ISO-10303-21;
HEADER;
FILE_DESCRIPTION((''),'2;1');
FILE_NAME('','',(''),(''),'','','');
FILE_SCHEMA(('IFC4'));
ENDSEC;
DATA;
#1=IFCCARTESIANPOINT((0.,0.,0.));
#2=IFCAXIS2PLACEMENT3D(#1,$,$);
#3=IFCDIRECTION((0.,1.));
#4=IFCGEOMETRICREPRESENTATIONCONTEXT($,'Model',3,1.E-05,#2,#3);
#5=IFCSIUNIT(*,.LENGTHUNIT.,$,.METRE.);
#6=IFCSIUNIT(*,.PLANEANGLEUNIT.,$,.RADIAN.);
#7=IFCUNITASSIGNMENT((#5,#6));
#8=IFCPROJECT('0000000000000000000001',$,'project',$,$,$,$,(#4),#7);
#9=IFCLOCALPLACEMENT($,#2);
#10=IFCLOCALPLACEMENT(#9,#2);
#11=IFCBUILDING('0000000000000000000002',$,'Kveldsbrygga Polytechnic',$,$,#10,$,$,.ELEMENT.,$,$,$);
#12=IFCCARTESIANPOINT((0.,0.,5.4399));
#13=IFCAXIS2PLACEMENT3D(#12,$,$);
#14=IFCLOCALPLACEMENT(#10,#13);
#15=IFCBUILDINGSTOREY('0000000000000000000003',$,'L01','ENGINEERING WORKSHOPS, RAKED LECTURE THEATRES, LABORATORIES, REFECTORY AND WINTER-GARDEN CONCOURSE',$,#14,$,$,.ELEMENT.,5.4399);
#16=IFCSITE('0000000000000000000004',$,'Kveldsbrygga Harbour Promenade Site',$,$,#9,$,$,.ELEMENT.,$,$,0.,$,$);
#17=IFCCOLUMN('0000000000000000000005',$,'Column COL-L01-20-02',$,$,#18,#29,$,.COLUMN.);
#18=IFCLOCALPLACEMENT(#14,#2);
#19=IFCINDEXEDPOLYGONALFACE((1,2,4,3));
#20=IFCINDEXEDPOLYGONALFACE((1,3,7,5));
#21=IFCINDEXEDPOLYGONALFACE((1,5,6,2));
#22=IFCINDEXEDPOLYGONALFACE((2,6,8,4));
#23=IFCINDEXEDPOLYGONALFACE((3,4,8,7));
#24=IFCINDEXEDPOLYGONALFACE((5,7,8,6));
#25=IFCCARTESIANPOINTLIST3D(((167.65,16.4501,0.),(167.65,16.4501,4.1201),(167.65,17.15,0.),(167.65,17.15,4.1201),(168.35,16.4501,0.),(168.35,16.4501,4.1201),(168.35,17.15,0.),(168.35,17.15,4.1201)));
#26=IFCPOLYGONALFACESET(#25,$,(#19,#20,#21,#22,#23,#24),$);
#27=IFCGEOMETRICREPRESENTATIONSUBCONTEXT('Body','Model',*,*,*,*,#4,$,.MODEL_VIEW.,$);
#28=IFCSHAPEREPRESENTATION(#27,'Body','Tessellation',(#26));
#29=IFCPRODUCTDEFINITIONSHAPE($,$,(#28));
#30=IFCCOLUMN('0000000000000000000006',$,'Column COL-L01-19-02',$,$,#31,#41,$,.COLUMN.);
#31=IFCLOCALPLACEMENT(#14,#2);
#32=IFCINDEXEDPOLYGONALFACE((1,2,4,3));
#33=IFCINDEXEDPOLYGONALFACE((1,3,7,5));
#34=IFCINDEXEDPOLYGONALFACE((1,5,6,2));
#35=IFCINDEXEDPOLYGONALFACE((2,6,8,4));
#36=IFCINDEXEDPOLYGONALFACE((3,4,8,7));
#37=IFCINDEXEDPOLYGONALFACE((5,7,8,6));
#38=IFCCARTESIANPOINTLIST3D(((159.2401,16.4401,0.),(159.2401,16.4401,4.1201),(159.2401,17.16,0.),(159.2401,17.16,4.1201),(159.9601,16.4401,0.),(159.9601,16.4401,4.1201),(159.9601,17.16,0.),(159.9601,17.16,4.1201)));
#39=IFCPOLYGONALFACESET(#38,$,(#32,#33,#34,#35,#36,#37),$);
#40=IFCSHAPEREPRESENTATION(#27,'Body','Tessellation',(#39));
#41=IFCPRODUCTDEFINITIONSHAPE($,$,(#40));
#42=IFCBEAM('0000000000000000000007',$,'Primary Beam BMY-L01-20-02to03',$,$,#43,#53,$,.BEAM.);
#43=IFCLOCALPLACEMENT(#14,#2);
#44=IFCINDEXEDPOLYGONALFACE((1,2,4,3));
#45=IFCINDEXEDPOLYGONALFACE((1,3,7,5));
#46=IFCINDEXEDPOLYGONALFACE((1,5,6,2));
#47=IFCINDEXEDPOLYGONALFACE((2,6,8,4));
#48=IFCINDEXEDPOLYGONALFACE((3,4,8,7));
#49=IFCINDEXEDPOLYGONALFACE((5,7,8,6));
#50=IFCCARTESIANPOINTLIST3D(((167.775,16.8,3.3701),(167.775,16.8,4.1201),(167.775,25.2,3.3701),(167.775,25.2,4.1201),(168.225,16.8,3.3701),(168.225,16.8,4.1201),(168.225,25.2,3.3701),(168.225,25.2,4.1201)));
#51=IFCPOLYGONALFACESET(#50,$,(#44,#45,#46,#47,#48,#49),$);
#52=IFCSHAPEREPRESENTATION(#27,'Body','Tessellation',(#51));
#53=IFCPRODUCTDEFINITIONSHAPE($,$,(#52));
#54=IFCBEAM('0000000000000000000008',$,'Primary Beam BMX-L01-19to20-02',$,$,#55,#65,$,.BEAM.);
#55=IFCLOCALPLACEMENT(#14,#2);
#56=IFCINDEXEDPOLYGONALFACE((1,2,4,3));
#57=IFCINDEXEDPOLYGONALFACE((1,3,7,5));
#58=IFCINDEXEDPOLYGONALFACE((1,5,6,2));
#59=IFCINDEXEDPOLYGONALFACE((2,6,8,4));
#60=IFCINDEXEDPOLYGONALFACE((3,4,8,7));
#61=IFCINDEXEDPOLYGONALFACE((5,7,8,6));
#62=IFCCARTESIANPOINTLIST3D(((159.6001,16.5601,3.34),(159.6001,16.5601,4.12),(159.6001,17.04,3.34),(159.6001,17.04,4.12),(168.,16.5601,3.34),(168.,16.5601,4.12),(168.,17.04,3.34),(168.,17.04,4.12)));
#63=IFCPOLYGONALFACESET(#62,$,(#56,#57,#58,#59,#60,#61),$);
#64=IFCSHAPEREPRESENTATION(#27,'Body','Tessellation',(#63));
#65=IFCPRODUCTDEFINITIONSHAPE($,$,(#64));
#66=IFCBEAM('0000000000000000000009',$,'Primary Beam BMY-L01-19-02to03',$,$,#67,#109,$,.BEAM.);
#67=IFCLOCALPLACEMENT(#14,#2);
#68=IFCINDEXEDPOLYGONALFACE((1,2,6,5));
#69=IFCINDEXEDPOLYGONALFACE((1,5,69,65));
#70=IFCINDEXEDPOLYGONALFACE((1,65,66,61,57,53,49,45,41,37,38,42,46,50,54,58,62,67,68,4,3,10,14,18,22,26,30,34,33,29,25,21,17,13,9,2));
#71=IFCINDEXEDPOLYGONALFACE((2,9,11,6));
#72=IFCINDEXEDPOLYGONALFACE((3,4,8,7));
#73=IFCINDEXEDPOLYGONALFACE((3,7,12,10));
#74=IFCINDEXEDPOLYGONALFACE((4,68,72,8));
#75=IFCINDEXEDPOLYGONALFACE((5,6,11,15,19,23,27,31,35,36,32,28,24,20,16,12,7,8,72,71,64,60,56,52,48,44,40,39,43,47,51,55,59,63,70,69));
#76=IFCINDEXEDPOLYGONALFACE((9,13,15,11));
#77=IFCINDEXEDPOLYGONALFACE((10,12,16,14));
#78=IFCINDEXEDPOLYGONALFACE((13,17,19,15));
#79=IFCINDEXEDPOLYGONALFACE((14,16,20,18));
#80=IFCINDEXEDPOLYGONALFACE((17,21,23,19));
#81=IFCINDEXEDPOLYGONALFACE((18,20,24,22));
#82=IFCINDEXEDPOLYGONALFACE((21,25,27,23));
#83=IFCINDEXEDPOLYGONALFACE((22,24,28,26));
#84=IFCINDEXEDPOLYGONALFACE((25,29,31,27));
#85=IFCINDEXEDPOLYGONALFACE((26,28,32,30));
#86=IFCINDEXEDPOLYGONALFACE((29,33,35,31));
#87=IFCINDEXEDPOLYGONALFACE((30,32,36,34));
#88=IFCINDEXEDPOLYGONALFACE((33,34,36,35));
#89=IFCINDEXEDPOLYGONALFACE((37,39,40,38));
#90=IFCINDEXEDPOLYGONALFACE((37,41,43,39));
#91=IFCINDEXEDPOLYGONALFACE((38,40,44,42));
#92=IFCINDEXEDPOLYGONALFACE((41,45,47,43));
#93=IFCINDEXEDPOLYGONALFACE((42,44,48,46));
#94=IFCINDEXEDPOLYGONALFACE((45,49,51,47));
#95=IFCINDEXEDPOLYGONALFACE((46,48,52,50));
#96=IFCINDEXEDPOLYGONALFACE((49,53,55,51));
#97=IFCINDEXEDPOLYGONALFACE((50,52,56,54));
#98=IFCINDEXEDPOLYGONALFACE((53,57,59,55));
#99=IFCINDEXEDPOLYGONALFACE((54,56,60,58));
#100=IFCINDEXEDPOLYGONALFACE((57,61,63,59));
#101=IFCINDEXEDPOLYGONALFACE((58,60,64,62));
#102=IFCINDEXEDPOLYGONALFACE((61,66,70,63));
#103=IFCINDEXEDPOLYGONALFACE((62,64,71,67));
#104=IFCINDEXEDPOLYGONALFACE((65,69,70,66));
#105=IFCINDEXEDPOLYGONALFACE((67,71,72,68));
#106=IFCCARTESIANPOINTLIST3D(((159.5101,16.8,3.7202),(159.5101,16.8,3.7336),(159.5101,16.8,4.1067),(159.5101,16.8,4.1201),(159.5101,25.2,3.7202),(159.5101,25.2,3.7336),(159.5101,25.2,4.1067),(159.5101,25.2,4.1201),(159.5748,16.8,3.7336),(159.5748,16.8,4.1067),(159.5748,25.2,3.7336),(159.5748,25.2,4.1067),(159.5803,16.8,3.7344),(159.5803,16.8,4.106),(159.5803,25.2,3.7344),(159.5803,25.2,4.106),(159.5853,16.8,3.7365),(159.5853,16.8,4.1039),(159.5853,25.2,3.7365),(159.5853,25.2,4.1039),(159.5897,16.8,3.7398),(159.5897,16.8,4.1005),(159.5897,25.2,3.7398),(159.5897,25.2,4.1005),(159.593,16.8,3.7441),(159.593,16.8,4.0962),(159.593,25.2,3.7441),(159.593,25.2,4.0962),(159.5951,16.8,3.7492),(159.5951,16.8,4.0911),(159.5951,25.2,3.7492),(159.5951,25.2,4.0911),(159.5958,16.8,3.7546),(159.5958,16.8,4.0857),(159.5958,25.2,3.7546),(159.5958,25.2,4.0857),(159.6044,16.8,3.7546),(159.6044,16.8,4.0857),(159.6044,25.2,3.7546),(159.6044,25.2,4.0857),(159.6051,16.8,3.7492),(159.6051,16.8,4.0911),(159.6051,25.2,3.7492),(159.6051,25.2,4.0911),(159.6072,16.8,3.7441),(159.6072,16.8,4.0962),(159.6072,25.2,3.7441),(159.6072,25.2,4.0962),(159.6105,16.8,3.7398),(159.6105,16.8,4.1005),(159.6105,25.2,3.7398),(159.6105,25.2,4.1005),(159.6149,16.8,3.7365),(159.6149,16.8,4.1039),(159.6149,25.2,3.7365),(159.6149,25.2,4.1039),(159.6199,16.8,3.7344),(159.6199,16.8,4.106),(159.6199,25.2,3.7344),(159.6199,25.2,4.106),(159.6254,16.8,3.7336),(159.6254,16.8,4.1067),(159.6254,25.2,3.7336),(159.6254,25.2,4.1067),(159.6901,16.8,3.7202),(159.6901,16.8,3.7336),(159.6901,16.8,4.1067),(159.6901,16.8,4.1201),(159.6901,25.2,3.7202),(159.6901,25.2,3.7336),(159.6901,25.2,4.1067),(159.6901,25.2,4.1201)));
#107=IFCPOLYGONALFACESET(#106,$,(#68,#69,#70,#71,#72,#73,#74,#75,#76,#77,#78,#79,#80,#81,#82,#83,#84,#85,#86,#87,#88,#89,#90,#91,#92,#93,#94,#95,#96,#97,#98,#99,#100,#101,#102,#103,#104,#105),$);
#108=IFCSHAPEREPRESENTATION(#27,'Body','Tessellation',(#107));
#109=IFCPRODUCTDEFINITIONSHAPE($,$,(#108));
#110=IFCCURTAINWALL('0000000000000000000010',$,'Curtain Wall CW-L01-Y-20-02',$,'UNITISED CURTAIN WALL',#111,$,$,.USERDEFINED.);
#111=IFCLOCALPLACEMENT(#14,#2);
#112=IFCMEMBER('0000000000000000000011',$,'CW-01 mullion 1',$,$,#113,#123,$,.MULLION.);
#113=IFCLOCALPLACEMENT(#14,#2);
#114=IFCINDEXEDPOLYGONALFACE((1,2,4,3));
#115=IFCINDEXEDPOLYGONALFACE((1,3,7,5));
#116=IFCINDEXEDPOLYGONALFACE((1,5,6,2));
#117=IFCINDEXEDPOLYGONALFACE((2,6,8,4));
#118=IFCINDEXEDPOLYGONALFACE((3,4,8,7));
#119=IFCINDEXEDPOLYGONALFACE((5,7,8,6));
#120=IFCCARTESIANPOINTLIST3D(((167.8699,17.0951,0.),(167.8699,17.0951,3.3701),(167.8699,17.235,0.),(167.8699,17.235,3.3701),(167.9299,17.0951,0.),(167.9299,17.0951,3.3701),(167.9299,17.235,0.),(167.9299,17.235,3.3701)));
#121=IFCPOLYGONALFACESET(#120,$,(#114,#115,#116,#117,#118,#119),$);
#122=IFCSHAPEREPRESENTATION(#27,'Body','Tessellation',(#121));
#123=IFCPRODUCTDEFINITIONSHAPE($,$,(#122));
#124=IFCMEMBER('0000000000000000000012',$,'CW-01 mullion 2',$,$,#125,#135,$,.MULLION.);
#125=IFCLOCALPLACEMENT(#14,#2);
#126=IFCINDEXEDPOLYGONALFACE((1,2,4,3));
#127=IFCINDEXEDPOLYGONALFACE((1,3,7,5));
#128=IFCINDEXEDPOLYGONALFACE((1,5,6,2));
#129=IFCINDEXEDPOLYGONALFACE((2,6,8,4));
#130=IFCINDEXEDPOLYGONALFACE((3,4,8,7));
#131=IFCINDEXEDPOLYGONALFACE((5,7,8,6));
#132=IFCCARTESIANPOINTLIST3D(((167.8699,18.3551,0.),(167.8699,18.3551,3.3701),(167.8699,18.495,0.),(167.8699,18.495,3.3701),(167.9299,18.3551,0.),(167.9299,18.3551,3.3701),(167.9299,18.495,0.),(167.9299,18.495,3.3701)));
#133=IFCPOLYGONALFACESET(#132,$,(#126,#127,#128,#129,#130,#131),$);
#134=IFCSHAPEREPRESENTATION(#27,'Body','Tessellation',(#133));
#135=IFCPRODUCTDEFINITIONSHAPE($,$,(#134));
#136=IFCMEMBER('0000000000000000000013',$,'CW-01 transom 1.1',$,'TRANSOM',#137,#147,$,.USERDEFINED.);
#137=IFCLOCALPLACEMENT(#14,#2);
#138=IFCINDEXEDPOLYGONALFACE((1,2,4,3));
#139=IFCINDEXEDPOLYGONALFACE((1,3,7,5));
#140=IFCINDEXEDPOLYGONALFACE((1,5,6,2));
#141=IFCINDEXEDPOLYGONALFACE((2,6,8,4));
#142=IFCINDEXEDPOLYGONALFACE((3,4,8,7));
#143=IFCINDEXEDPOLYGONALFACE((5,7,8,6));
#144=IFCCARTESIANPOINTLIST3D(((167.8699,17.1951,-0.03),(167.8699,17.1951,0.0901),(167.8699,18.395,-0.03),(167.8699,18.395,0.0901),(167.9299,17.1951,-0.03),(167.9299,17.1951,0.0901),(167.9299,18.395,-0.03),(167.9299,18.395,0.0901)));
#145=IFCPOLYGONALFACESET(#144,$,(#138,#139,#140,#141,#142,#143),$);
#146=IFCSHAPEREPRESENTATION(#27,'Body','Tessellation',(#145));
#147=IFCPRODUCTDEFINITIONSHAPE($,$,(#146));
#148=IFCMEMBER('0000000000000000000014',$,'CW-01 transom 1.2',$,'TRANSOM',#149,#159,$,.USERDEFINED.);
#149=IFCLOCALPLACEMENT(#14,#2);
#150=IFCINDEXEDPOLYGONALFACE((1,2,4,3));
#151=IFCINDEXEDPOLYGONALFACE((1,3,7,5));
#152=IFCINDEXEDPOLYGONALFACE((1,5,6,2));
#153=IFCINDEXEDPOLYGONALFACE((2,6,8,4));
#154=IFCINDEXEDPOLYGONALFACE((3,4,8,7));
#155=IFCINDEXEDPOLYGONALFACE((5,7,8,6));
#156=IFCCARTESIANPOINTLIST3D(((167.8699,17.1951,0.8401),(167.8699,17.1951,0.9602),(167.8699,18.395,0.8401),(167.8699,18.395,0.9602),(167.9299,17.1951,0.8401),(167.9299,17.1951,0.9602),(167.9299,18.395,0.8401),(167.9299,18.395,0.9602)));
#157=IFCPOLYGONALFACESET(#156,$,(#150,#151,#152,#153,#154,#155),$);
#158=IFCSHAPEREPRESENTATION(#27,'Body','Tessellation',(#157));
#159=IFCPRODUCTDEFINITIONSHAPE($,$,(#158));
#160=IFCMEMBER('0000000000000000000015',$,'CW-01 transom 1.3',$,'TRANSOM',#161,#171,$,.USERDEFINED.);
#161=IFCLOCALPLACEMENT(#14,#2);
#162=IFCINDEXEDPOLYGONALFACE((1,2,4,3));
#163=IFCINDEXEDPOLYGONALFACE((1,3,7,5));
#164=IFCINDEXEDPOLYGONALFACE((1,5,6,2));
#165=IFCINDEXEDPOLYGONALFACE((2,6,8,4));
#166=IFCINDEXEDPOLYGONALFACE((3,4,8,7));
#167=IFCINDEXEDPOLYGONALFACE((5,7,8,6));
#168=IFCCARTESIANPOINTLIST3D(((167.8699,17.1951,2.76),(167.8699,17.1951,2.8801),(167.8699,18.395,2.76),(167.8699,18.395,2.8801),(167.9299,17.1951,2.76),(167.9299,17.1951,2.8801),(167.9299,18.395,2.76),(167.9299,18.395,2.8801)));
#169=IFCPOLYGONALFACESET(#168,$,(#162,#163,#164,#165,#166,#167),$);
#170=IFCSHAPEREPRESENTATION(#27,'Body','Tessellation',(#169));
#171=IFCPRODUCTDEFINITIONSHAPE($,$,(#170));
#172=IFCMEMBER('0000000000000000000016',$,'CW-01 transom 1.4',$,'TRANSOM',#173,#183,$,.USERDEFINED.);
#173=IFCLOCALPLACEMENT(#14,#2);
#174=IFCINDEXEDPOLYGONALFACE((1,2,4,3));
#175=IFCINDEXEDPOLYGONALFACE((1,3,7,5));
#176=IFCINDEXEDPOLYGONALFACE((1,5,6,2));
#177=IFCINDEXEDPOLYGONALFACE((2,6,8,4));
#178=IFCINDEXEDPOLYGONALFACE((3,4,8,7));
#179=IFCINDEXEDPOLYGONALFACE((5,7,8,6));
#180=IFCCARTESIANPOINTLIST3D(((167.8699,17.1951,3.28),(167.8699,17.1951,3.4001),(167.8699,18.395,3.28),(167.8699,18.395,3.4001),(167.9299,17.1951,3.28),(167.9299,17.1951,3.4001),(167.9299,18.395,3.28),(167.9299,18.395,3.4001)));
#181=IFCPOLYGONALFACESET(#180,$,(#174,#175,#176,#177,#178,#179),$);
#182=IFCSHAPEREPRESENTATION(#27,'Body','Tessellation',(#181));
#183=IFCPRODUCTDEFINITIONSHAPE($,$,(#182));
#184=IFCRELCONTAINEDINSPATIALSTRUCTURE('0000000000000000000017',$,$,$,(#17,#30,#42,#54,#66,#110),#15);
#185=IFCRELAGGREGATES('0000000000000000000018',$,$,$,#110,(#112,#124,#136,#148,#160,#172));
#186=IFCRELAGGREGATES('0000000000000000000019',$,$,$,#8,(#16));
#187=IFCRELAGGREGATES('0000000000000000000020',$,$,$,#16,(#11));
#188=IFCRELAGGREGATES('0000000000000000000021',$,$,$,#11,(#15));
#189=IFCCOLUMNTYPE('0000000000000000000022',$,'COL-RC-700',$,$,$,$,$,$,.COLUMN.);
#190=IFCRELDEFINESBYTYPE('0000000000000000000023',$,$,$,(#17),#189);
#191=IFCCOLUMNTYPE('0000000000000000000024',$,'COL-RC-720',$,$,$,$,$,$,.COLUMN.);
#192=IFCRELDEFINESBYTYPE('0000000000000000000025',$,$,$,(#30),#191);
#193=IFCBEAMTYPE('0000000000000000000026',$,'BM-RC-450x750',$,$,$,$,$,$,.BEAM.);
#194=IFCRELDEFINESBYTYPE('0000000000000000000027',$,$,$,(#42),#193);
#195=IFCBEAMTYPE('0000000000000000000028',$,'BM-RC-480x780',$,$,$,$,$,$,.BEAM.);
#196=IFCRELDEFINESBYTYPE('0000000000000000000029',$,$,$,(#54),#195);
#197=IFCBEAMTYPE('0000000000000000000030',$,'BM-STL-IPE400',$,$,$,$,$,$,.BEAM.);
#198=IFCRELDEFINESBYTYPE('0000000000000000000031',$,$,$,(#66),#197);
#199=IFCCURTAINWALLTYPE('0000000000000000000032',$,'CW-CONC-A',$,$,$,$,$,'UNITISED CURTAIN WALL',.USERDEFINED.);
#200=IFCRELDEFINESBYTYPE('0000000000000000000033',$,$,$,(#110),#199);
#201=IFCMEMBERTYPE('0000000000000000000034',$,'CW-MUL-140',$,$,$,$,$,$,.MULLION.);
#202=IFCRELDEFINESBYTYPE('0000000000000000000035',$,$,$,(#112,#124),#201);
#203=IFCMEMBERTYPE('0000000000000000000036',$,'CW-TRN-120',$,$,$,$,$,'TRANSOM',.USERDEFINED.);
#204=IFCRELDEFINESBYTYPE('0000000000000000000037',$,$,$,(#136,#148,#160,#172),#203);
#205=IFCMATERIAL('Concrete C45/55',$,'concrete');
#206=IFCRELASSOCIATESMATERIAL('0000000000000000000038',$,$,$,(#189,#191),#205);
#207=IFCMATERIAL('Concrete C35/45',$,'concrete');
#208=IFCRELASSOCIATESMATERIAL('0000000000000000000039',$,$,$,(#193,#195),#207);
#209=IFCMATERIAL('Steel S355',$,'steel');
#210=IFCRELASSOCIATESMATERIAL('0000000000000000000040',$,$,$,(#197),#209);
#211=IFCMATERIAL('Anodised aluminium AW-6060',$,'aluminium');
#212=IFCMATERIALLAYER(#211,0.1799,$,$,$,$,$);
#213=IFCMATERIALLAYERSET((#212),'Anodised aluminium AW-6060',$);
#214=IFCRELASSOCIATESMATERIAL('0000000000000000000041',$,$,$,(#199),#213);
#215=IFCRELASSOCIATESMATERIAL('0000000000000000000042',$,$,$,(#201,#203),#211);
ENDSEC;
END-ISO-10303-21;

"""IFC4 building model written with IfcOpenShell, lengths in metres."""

from ifc_helpers import new_model, si_unit, direction, frame, origin, origin_2d, place, context, subcontext, project, spatial, rectangle, i_section, extrude, material, layer, layer_set, material_profile, profile_set, type_object, element, aggregate, save


model = new_model("IFC4")

# Units and contexts
model_context = context("Model", 3, precision=1e-05, world=origin(), true_north=direction((0.0, 1.0)))
body_context = subcontext(model_context, "Body", "Model", "MODEL_VIEW")
ifc_project = project(units=[si_unit("LENGTHUNIT", "METRE"), si_unit("PLANEANGLEUNIT", "RADIAN")], contexts=[model_context])

# Site, building, storey
site_placement = place(None, origin())
site = spatial("IfcSite", under=ifc_project, at=site_placement, Name="Kveldsbrygga Harbour Promenade Site", CompositionType="ELEMENT", RefElevation=0.0)
building_placement = place(site_placement, origin())
building = spatial("IfcBuilding", under=site, at=building_placement, Name="Kveldsbrygga Polytechnic", CompositionType="ELEMENT")
storey_placement = place(building_placement, frame((0.0, 0.0, 5.4399)))
storey = spatial("IfcBuildingStorey", under=building, at=storey_placement, Name="L01", Description="ENGINEERING WORKSHOPS, RAKED LECTURE THEATRES, LABORATORIES, REFECTORY AND WINTER-GARDEN CONCOURSE", CompositionType="ELEMENT", Elevation=5.4399)

# Columns
ifc_material_1 = material(Name="Concrete C45/55", Category="concrete")
ifc_material_profile_1 = material_profile(ifc_material_1, rectangle(XDim=0.7, YDim=0.7, at=origin_2d()), Name="RC 700x700")
ifc_profile_set_1 = profile_set([ifc_material_profile_1], Name="Concrete C45/55")
column_type_1 = type_object("IfcColumnType", Name="COL-RC-700", PredefinedType="COLUMN", material=ifc_profile_set_1)
column_1_placement = place(storey_placement, frame((168.0, 16.8, 0.0), z_axis=(0.0, 0.0, 1.0), x_axis=(1.0, 0.0, 0.0)))
element("IfcColumn", 1, at=column_1_placement, inside=storey, type_object=column_type_1, Name="Column COL-L01-20-02", PredefinedType="COLUMN", context=body_context, shape_type="SweptSolid", body=[
    extrude(rectangle(XDim=0.7, YDim=0.7, at=origin_2d()), origin(), (0.0, 0.0, 1.0), 4.1201),
])
ifc_material_profile_2 = material_profile(ifc_material_1, rectangle(XDim=0.72, YDim=0.72, at=origin_2d()), Name="RC 720x720")
ifc_profile_set_2 = profile_set([ifc_material_profile_2], Name="Concrete C45/55")
column_type_2 = type_object("IfcColumnType", Name="COL-RC-720", PredefinedType="COLUMN", material=ifc_profile_set_2)
column_2_placement = place(storey_placement, frame((159.6001, 16.8, 0.0), z_axis=(0.0, 0.0, 1.0), x_axis=(1.0, 0.0, 0.0)))
element("IfcColumn", 2, at=column_2_placement, inside=storey, type_object=column_type_2, Name="Column COL-L01-19-02", PredefinedType="COLUMN", context=body_context, shape_type="SweptSolid", body=[
    extrude(rectangle(XDim=0.72, YDim=0.72, at=origin_2d()), origin(), (0.0, 0.0, 1.0), 4.1201),
])

# Beams
ifc_material_2 = material(Name="Concrete C35/45", Category="concrete")
ifc_material_profile_3 = material_profile(ifc_material_2, rectangle(XDim=0.45, YDim=0.75, at=origin_2d()), Name="RC 450x750")
ifc_profile_set_3 = profile_set([ifc_material_profile_3], Name="Concrete C35/45")
beam_type_1 = type_object("IfcBeamType", Name="BM-RC-450x750", PredefinedType="BEAM", material=ifc_profile_set_3)
beam_1_placement = place(storey_placement, frame((168.0, 16.8, 3.7451), z_axis=(0.0, 1.0, 0.0), x_axis=(-1.0, 0.0, 0.0)))
element("IfcBeam", 3, at=beam_1_placement, inside=storey, type_object=beam_type_1, Name="Primary Beam BMY-L01-20-02to03", PredefinedType="BEAM", context=body_context, shape_type="SweptSolid", body=[
    extrude(rectangle(XDim=0.45, YDim=0.75, at=origin_2d()), origin(), (0.0, 0.0, 1.0), 8.3999),
])
ifc_material_profile_4 = material_profile(ifc_material_2, rectangle(XDim=0.48, YDim=0.78, at=origin_2d()), Name="RC 480x780")
ifc_profile_set_4 = profile_set([ifc_material_profile_4], Name="Concrete C35/45")
beam_type_2 = type_object("IfcBeamType", Name="BM-RC-480x780", PredefinedType="BEAM", material=ifc_profile_set_4)
beam_2_placement = place(storey_placement, frame((159.6001, 16.8, 3.73), z_axis=(1.0, 0.0, 0.0), x_axis=(0.0, 1.0, 0.0)))
element("IfcBeam", 4, at=beam_2_placement, inside=storey, type_object=beam_type_2, Name="Primary Beam BMX-L01-19to20-02", PredefinedType="BEAM", context=body_context, shape_type="SweptSolid", body=[
    extrude(rectangle(XDim=0.48, YDim=0.78, at=origin_2d()), origin(), (0.0, 0.0, 1.0), 8.3999),
])
ifc_material_3 = material(Name="Steel S355", Category="steel")
ifc_material_profile_5 = material_profile(ifc_material_3, i_section(OverallWidth=0.1799, OverallDepth=0.3999, WebThickness=0.0085, FlangeThickness=0.0134, FilletRadius=0.021, at=origin_2d()), Name="IPE 400")
ifc_profile_set_5 = profile_set([ifc_material_profile_5], Name="Steel S355")
beam_type_3 = type_object("IfcBeamType", Name="BM-STL-IPE400", PredefinedType="BEAM", material=ifc_profile_set_5)
beam_3_placement = place(storey_placement, frame((159.6001, 16.8, 3.9202), z_axis=(0.0, 1.0, 0.0), x_axis=(-1.0, 0.0, 0.0)))
element("IfcBeam", 5, at=beam_3_placement, inside=storey, type_object=beam_type_3, Name="Primary Beam BMY-L01-19-02to03", PredefinedType="BEAM", context=body_context, shape_type="SweptSolid", body=[
    extrude(i_section(OverallWidth=0.1799, OverallDepth=0.3999, WebThickness=0.0085, FlangeThickness=0.0134, FilletRadius=0.021, at=origin_2d()), origin(), (0.0, 0.0, 1.0), 8.3999),
])

# Curtain wall, members
ifc_material_4 = material(Name="Anodised aluminium AW-6060", Category="aluminium")
ifc_layer_1 = layer(ifc_material_4, 0.1799)
ifc_layer_set_1 = layer_set([ifc_layer_1], Name="Anodised aluminium AW-6060")
curtain_wall_type = type_object("IfcCurtainWallType", Name="CW-CONC-A", ElementType="UNITISED CURTAIN WALL", PredefinedType="USERDEFINED", material=ifc_layer_set_1)
curtain_wall_placement = place(storey_placement, origin())
curtain_wall = element("IfcCurtainWall", 6, at=curtain_wall_placement, inside=storey, type_object=curtain_wall_type, Name="Curtain Wall CW-L01-Y-20-02", ObjectType="UNITISED CURTAIN WALL", PredefinedType="USERDEFINED")
ifc_material_profile_6 = material_profile(ifc_material_4, rectangle(XDim=0.0601, YDim=0.1399, at=origin_2d()), Name="ALU 60x140")
ifc_profile_set_6 = profile_set([ifc_material_profile_6], Name="Anodised aluminium AW-6060")
member_type_1 = type_object("IfcMemberType", Name="CW-MUL-140", PredefinedType="MULLION", material=ifc_profile_set_6)
member_1_placement = place(storey_placement, frame((167.8999, 17.165, 0.0), z_axis=(0.0, 0.0, 1.0), x_axis=(-1.0, 0.0, 0.0)))
member_1 = element("IfcMember", 7, at=member_1_placement, type_object=member_type_1, Name="CW-01 mullion 1", PredefinedType="MULLION", context=body_context, shape_type="SweptSolid", body=[
    extrude(rectangle(XDim=0.0601, YDim=0.1399, at=origin_2d()), origin(), (0.0, 0.0, 1.0), 3.3701),
])
member_2_placement = place(storey_placement, frame((167.8999, 18.425, 0.0), z_axis=(0.0, 0.0, 1.0), x_axis=(-1.0, 0.0, 0.0)))
member_2 = element("IfcMember", 8, at=member_2_placement, type_object=member_type_1, Name="CW-01 mullion 2", PredefinedType="MULLION", context=body_context, shape_type="SweptSolid", body=[
    extrude(rectangle(XDim=0.0601, YDim=0.1399, at=origin_2d()), origin(), (0.0, 0.0, 1.0), 3.3701),
])
ifc_material_profile_7 = material_profile(ifc_material_4, rectangle(XDim=0.0601, YDim=0.1201, at=origin_2d()), Name="ALU 60x120")
ifc_profile_set_7 = profile_set([ifc_material_profile_7], Name="Anodised aluminium AW-6060")
member_type_2 = type_object("IfcMemberType", Name="CW-TRN-120", ElementType="TRANSOM", PredefinedType="USERDEFINED", material=ifc_profile_set_7)
member_3_placement = place(storey_placement, frame((167.8999, 17.1951, 0.03), z_axis=(0.0, 1.0, 0.0), x_axis=(-1.0, 0.0, 0.0)))
member_3 = element("IfcMember", 9, at=member_3_placement, type_object=member_type_2, Name="CW-01 transom 1.1", ObjectType="TRANSOM", PredefinedType="USERDEFINED", context=body_context, shape_type="SweptSolid", body=[
    extrude(rectangle(XDim=0.0601, YDim=0.1201, at=origin_2d()), origin(), (0.0, 0.0, 1.0), 1.2),
])
member_4_placement = place(storey_placement, frame((167.8999, 17.1951, 0.9001), z_axis=(0.0, 1.0, 0.0), x_axis=(-1.0, 0.0, 0.0)))
member_4 = element("IfcMember", 10, at=member_4_placement, type_object=member_type_2, Name="CW-01 transom 1.2", ObjectType="TRANSOM", PredefinedType="USERDEFINED", context=body_context, shape_type="SweptSolid", body=[
    extrude(rectangle(XDim=0.0601, YDim=0.1201, at=origin_2d()), origin(), (0.0, 0.0, 1.0), 1.2),
])
member_5_placement = place(storey_placement, frame((167.8999, 17.1951, 2.8201), z_axis=(0.0, 1.0, 0.0), x_axis=(-1.0, 0.0, 0.0)))
member_5 = element("IfcMember", 11, at=member_5_placement, type_object=member_type_2, Name="CW-01 transom 1.3", ObjectType="TRANSOM", PredefinedType="USERDEFINED", context=body_context, shape_type="SweptSolid", body=[
    extrude(rectangle(XDim=0.0601, YDim=0.1201, at=origin_2d()), origin(), (0.0, 0.0, 1.0), 1.2),
])
member_6_placement = place(storey_placement, frame((167.8999, 17.1951, 3.3401), z_axis=(0.0, 1.0, 0.0), x_axis=(-1.0, 0.0, 0.0)))
member_6 = element("IfcMember", 12, at=member_6_placement, type_object=member_type_2, Name="CW-01 transom 1.4", ObjectType="TRANSOM", PredefinedType="USERDEFINED", context=body_context, shape_type="SweptSolid", body=[
    extrude(rectangle(XDim=0.0601, YDim=0.1201, at=origin_2d()), origin(), (0.0, 0.0, 1.0), 1.2),
])

aggregate(curtain_wall, [member_1, member_2, member_3, member_4, member_5, member_6])

save(model, "model.ifc")
